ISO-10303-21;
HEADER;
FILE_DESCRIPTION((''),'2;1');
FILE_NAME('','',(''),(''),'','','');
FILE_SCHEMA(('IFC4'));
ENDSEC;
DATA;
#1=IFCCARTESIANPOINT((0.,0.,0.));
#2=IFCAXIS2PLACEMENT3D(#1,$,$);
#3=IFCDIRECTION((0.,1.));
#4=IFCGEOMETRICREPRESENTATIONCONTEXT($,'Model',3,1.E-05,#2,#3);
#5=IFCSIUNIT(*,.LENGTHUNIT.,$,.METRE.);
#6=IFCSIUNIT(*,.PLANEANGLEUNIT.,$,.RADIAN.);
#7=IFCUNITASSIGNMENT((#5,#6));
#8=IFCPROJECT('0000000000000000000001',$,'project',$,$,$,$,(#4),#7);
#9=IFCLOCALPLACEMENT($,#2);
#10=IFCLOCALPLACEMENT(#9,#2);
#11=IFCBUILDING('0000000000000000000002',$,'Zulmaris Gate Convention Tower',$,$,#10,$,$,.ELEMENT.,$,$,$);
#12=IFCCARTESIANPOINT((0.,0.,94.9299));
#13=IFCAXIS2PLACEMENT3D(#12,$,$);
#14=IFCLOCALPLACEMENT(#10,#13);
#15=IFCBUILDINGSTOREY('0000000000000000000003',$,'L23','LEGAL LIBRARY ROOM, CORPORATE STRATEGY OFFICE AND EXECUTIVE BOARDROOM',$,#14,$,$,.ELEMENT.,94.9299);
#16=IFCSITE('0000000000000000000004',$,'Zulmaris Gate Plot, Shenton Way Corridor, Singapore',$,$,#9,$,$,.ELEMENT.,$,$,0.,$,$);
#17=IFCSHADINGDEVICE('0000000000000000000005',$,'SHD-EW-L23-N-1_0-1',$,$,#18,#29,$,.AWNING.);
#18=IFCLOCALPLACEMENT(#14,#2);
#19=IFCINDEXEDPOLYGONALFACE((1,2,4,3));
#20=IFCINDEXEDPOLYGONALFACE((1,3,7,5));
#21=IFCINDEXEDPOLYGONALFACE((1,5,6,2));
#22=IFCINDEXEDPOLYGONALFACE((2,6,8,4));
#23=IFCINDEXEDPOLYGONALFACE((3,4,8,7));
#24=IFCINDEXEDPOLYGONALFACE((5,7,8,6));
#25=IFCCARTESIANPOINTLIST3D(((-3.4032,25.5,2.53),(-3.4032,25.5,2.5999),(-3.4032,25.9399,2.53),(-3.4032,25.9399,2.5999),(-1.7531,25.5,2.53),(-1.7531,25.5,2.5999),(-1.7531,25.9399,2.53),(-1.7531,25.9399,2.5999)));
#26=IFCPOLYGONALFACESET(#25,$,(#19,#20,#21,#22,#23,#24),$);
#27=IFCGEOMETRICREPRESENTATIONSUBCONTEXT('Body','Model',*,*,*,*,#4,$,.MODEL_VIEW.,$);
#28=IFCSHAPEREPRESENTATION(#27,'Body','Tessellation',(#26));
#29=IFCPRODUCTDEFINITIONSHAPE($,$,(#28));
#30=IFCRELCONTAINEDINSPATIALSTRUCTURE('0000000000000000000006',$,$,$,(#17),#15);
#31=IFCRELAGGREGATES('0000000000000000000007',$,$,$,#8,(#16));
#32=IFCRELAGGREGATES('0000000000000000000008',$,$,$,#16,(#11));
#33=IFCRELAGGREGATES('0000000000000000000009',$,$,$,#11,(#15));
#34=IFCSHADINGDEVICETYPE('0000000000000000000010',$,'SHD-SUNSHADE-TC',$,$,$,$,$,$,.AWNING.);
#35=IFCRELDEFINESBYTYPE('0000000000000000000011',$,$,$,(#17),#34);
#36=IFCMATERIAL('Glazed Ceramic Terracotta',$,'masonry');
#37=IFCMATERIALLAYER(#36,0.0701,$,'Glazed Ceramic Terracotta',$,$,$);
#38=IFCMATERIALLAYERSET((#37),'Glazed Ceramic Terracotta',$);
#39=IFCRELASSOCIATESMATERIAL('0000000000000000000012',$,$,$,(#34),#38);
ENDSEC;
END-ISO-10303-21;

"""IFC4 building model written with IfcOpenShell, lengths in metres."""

from ifc_helpers import new_model, si_unit, direction, frame, frame_2d, origin, place, context, subcontext, project, spatial, rectangle, extrude, material, layer, layer_set, type_object, element, save


model = new_model("IFC4")

# Units and contexts
model_context = context("Model", 3, precision=1e-05, world=origin(), true_north=direction((0.0, 1.0)))
body_context = subcontext(model_context, "Body", "Model", "MODEL_VIEW")
ifc_project = project(units=[si_unit("LENGTHUNIT", "METRE"), si_unit("PLANEANGLEUNIT", "RADIAN")], contexts=[model_context])

# Site, building, storey
site_placement = place(None, origin())
site = spatial("IfcSite", under=ifc_project, at=site_placement, Name="Zulmaris Gate Plot, Shenton Way Corridor, Singapore", CompositionType="ELEMENT", RefElevation=0.0)
building_placement = place(site_placement, origin())
building = spatial("IfcBuilding", under=site, at=building_placement, Name="Zulmaris Gate Convention Tower", CompositionType="ELEMENT")
storey_placement = place(building_placement, frame((0.0, 0.0, 94.9299)))
storey = spatial("IfcBuildingStorey", under=building, at=storey_placement, Name="L23", Description="LEGAL LIBRARY ROOM, CORPORATE STRATEGY OFFICE AND EXECUTIVE BOARDROOM", CompositionType="ELEMENT", Elevation=94.9299)

# Shading device
ifc_material_1 = material(Name="Glazed Ceramic Terracotta", Category="masonry")
ifc_layer_1 = layer(ifc_material_1, 0.0701, Name="Glazed Ceramic Terracotta")
ifc_layer_set_1 = layer_set([ifc_layer_1], Name="Glazed Ceramic Terracotta")
shading_device_type = type_object("IfcShadingDeviceType", Name="SHD-SUNSHADE-TC", PredefinedType="AWNING", material=ifc_layer_set_1)
shading_device_placement = place(storey_placement, frame((-1.7529, 25.72, 2.53), z_axis=(0.0, 0.0, 1.0), x_axis=(-1.0, 0.0, 0.0)))
element("IfcShadingDevice", 1, at=shading_device_placement, inside=storey, type_object=shading_device_type, Name="SHD-EW-L23-N-1_0-1", PredefinedType="AWNING", context=body_context, shape_type="SweptSolid", body=[
    extrude(rectangle(XDim=1.6501, YDim=0.4399, at=frame_2d((0.8252, 0.0))), origin(), (0.0, 0.0, 1.0), 0.0698),
])

save(model, "model.ifc")
